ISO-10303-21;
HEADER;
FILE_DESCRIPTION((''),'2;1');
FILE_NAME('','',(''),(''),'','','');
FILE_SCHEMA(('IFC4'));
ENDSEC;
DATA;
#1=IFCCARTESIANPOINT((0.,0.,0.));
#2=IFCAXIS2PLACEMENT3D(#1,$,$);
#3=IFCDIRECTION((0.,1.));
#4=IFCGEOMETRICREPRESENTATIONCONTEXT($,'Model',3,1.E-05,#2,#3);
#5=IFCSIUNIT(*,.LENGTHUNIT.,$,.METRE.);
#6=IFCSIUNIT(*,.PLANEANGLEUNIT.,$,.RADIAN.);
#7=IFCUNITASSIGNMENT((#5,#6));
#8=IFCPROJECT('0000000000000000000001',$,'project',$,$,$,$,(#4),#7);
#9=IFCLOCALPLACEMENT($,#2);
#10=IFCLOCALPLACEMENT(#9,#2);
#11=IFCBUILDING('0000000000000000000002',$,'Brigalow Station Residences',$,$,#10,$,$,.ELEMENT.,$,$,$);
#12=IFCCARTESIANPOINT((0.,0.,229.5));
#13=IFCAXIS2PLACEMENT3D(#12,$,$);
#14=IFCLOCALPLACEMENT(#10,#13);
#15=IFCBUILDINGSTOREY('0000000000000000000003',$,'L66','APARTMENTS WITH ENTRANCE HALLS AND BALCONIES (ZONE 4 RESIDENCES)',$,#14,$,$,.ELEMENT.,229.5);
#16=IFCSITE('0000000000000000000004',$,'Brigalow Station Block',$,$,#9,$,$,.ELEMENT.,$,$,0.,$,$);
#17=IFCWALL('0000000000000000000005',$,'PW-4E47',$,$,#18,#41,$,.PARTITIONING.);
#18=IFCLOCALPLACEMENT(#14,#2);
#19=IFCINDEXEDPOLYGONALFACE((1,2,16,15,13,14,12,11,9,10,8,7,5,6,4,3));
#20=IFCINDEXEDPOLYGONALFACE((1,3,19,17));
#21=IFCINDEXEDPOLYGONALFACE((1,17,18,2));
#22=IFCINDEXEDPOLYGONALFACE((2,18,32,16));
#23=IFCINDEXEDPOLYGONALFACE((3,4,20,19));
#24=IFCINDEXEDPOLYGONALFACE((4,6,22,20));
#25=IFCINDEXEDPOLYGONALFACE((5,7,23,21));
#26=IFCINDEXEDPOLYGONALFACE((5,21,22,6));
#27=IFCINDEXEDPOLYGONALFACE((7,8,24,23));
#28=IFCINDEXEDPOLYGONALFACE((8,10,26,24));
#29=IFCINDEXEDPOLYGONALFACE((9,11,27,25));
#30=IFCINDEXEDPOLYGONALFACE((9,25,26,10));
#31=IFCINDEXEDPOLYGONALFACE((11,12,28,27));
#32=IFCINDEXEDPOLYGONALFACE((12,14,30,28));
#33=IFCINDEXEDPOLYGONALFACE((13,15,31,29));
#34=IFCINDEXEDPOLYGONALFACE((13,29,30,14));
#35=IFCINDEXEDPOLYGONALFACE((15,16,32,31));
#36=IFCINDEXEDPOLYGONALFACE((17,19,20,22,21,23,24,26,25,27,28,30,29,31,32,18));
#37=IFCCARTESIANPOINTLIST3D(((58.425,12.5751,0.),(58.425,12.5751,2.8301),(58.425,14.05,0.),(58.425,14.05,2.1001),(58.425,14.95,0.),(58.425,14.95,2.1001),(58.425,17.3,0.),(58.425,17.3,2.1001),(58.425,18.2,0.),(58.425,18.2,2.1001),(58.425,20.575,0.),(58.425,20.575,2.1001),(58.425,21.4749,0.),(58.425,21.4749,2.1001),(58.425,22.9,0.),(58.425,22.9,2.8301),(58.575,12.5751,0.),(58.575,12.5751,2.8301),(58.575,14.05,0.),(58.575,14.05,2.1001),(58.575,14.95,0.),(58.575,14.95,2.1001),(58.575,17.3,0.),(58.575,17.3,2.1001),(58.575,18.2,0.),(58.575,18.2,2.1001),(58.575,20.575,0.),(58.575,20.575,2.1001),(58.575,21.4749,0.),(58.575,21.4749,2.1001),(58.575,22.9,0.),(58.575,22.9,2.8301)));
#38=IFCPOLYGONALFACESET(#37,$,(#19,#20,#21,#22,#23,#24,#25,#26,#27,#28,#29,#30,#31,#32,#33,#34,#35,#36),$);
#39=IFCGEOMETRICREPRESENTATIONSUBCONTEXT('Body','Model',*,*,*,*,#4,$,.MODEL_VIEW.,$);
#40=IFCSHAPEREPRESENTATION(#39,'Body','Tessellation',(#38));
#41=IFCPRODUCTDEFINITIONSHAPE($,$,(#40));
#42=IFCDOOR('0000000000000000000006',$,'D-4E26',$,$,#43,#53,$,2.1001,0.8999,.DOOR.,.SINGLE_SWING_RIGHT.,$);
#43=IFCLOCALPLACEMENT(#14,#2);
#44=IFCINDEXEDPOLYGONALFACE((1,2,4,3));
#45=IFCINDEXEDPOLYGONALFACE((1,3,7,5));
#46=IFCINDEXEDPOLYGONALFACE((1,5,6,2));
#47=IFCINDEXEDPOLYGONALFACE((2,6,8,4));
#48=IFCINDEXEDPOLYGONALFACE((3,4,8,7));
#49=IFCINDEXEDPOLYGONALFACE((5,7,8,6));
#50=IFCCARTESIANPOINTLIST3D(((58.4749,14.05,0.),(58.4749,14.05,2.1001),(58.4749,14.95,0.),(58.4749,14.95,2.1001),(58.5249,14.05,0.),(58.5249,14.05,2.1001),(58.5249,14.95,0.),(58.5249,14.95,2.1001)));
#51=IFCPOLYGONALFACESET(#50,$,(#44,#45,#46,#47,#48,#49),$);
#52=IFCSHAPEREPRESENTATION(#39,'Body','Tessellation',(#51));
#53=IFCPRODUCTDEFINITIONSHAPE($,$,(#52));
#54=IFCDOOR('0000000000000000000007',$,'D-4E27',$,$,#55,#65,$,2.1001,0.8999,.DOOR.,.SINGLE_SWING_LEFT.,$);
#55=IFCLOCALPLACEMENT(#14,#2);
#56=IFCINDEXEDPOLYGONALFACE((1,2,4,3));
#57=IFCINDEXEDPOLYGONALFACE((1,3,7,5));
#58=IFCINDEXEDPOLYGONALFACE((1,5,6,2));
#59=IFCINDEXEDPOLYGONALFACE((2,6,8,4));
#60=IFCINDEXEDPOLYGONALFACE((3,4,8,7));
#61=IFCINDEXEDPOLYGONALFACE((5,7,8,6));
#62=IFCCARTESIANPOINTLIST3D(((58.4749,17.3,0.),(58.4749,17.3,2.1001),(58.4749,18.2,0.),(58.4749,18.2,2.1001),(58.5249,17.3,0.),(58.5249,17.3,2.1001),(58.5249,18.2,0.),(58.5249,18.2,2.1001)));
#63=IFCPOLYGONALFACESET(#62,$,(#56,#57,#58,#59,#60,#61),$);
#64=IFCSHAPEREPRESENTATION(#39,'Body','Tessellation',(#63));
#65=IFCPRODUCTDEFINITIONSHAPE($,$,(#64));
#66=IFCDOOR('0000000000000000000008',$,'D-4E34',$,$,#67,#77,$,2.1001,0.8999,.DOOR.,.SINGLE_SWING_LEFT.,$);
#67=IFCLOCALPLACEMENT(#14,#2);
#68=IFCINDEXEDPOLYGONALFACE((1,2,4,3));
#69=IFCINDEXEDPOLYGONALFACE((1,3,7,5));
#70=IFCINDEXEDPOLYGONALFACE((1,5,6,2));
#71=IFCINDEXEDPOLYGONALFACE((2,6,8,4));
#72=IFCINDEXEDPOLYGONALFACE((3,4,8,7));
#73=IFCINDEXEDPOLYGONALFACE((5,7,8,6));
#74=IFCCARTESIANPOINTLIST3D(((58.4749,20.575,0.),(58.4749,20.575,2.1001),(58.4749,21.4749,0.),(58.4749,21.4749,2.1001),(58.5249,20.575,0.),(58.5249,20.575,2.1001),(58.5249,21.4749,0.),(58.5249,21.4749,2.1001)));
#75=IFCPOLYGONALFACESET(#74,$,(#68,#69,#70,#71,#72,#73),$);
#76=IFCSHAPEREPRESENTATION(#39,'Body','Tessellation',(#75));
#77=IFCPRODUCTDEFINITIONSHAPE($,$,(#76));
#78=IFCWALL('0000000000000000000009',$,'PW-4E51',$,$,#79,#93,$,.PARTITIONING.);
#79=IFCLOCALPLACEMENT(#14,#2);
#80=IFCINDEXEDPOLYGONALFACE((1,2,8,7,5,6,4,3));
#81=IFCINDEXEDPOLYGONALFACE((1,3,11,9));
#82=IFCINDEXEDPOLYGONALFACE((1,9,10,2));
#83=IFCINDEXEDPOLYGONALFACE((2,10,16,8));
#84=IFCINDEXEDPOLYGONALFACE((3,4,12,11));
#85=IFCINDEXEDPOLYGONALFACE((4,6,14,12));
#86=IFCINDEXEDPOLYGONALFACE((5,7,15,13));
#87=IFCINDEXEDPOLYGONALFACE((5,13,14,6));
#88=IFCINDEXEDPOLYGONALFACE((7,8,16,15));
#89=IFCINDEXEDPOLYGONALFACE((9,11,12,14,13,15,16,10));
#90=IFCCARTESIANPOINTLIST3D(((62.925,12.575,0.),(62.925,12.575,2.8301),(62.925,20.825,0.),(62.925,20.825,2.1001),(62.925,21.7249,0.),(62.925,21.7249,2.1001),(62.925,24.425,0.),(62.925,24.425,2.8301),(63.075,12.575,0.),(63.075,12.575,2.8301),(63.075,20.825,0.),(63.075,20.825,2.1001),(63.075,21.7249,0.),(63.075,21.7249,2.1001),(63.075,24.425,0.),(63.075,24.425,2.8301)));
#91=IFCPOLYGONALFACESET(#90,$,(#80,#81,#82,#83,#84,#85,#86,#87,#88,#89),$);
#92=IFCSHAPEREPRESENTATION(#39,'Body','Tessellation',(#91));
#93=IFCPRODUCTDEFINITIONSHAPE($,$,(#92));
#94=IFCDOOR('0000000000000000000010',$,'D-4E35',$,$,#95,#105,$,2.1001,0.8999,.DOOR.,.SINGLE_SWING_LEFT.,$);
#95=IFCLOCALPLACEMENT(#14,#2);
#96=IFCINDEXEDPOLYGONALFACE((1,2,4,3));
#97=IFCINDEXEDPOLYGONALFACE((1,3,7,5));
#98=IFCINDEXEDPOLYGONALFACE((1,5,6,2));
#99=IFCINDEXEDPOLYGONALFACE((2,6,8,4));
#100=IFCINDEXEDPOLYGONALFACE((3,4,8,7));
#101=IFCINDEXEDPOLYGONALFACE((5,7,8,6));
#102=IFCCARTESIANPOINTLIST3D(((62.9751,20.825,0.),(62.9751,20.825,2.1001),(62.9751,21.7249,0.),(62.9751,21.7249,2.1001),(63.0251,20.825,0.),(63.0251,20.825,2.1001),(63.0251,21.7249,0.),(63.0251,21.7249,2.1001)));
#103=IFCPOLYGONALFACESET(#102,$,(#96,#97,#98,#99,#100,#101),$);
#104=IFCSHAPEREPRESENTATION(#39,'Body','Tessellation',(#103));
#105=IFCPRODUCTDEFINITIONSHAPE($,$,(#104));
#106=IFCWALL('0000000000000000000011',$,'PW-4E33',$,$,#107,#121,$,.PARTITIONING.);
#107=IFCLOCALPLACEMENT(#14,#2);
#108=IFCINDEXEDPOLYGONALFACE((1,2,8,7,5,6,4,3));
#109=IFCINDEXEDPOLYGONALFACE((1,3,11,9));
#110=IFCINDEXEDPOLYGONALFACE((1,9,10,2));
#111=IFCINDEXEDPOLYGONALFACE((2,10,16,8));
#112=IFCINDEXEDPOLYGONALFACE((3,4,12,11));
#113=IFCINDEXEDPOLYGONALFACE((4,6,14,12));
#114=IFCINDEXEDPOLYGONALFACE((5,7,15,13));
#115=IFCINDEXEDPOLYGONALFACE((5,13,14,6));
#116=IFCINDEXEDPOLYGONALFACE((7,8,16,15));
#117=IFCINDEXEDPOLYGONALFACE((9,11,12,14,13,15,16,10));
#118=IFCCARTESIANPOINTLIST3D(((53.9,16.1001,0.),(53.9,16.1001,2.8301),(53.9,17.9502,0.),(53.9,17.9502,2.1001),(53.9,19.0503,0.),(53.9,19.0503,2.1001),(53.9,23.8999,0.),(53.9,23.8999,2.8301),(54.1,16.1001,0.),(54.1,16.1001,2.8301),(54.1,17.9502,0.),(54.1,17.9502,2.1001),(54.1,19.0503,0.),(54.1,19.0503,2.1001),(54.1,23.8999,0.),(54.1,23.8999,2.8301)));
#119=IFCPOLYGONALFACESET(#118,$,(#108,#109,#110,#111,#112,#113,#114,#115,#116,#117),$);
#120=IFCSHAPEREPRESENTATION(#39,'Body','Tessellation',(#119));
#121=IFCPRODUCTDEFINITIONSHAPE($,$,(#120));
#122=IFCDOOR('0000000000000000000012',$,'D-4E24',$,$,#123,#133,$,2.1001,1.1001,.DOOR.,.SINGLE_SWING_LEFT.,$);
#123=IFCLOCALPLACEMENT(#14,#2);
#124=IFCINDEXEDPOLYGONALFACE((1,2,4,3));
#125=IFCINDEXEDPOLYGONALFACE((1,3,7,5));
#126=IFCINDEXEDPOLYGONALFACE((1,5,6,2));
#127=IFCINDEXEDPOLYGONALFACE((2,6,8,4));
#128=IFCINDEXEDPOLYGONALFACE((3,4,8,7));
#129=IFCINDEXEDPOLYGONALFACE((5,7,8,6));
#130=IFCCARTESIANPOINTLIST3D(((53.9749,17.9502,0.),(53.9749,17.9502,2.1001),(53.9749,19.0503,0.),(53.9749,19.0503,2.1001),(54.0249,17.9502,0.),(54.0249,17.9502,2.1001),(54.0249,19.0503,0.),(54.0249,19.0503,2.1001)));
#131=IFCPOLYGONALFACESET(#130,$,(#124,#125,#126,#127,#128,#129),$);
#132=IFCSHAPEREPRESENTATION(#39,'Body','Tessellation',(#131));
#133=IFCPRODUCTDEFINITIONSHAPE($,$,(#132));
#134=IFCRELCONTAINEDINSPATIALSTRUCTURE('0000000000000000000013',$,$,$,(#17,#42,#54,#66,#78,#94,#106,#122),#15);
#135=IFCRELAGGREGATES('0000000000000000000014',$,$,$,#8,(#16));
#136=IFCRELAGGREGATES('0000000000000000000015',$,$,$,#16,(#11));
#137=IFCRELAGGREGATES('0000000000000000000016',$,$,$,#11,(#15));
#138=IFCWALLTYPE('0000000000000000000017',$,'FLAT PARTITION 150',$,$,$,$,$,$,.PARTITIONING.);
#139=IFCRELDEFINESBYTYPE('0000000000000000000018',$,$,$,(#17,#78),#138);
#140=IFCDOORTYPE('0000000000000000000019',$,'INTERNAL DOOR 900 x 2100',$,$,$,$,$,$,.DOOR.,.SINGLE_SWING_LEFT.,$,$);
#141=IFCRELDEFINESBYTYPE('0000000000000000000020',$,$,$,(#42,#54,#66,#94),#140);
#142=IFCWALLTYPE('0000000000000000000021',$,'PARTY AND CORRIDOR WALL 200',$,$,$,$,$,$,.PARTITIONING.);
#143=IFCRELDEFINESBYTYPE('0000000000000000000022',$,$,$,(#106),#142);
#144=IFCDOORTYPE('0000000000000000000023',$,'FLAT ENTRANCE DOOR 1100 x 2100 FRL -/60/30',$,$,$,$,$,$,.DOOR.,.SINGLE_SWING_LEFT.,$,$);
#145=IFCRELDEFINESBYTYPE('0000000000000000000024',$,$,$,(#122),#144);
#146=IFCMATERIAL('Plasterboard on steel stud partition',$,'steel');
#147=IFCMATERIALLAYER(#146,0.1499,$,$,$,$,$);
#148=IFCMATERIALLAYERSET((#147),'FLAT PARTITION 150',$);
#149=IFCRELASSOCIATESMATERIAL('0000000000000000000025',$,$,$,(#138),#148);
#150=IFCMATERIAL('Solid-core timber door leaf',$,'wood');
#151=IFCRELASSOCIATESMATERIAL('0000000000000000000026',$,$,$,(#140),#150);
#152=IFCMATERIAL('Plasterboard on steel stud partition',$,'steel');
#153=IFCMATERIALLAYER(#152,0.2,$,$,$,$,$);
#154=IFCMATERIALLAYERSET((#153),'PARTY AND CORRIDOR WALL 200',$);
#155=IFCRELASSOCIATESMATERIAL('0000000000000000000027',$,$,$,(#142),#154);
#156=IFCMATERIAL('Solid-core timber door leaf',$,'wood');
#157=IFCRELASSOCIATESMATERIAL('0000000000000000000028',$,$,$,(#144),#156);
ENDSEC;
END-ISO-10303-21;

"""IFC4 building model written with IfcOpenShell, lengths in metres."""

from ifc_helpers import new_model, si_unit, direction, frame, frame_2d, origin, place, context, subcontext, project, spatial, rectangle, extrude, material, layer, layer_set, type_object, element, fill, save


model = new_model("IFC4")

# Units and contexts
model_context = context("Model", 3, precision=1e-05, world=origin(), true_north=direction((0.0, 1.0)))
body_context = subcontext(model_context, "Body", "Model", "MODEL_VIEW")
ifc_project = project(units=[si_unit("LENGTHUNIT", "METRE"), si_unit("PLANEANGLEUNIT", "RADIAN")], contexts=[model_context])

# Site, building, storey
site_placement = place(None, origin())
site = spatial("IfcSite", under=ifc_project, at=site_placement, Name="Brigalow Station Block", CompositionType="ELEMENT", RefElevation=0.0)
building_placement = place(site_placement, origin())
building = spatial("IfcBuilding", under=site, at=building_placement, Name="Brigalow Station Residences", CompositionType="ELEMENT")
storey_placement = place(building_placement, frame((0.0, 0.0, 229.5)))
storey = spatial("IfcBuildingStorey", under=building, at=storey_placement, Name="L66", Description="APARTMENTS WITH ENTRANCE HALLS AND BALCONIES (ZONE 4 RESIDENCES)", CompositionType="ELEMENT", Elevation=229.5)

# Shared definitions
ifc_material_1 = material(Name="Plasterboard on steel stud partition", Category="steel")
ifc_layer_1 = layer(ifc_material_1, 0.1499)
ifc_layer_set_1 = layer_set([ifc_layer_1], Name="FLAT PARTITION 150")
wall_type_1 = type_object("IfcWallType", Name="FLAT PARTITION 150", PredefinedType="PARTITIONING", material=ifc_layer_set_1)

# Wall, openings, doors
wall_1_placement = place(storey_placement, frame((58.5, 12.575, 0.0), z_axis=(0.0, 0.0, 1.0), x_axis=(0.0, 1.0, 0.0)))
wall_1 = element("IfcWall", 1, at=wall_1_placement, inside=storey, type_object=wall_type_1, Name="PW-4E47", PredefinedType="PARTITIONING", context=body_context, shape_type="SweptSolid", body=[
    extrude(rectangle(XDim=10.325, YDim=0.1499, at=frame_2d((5.1626, 0.0))), origin(), (0.0, 0.0, 1.0), 2.8301),
])
opening_1_placement = place(wall_1_placement, frame((1.4751, 0.0, 0.0)))
opening_1 = element("IfcOpeningElement", 2, at=opening_1_placement, cuts=wall_1, PredefinedType="OPENING", context=body_context, shape_type="SweptSolid", body=[
    extrude(rectangle(XDim=0.8999, YDim=2.1001, at=frame_2d((0.45, 1.05))), frame((0.0, 0.085, 0.0), z_axis=(0.0, -1.0, 0.0), x_axis=(1.0, 0.0, 0.0)), (0.0, 0.0, 1.0), 0.1699),
])
opening_2_placement = place(wall_1_placement, frame((4.7251, 0.0, 0.0)))
opening_2 = element("IfcOpeningElement", 3, at=opening_2_placement, cuts=wall_1, PredefinedType="OPENING", context=body_context, shape_type="SweptSolid", body=[
    extrude(rectangle(XDim=0.8999, YDim=2.1001, at=frame_2d((0.45, 1.05))), frame((0.0, 0.085, 0.0), z_axis=(0.0, -1.0, 0.0), x_axis=(1.0, 0.0, 0.0)), (0.0, 0.0, 1.0), 0.1699),
])
opening_3_placement = place(wall_1_placement, frame((8.0, 0.0, 0.0)))
opening_3 = element("IfcOpeningElement", 4, at=opening_3_placement, cuts=wall_1, PredefinedType="OPENING", context=body_context, shape_type="SweptSolid", body=[
    extrude(rectangle(XDim=0.8999, YDim=2.1001, at=frame_2d((0.45, 1.05))), frame((0.0, 0.085, 0.0), z_axis=(0.0, -1.0, 0.0), x_axis=(1.0, 0.0, 0.0)), (0.0, 0.0, 1.0), 0.1699),
])
ifc_material_2 = material(Name="Solid-core timber door leaf", Category="wood")
door_type_1 = type_object("IfcDoorType", Name="INTERNAL DOOR 900 x 2100", OperationType="SINGLE_SWING_LEFT", PredefinedType="DOOR", material=ifc_material_2)
door_1_placement = place(opening_1_placement, frame((0.8999, 0.0, 0.0), z_axis=(0.0, 0.0, 1.0), x_axis=(-1.0, 0.0, 0.0)))
door_1 = element("IfcDoor", 5, at=door_1_placement, inside=storey, type_object=door_type_1, Name="D-4E26", OperationType="SINGLE_SWING_RIGHT", OverallHeight=2.1001, OverallWidth=0.8999, PredefinedType="DOOR", context=body_context, shape_type="SweptSolid", body=[
    extrude(rectangle(XDim=0.8999, YDim=2.1001, at=frame_2d((0.45, 1.05))), frame((0.0, 0.0249, 0.0), z_axis=(0.0, -1.0, 0.0), x_axis=(1.0, 0.0, 0.0)), (0.0, 0.0, 1.0), 0.05),
])
fill(opening_1, door_1)
door_2_placement = place(opening_2_placement, frame((0.8999, 0.0, 0.0), z_axis=(0.0, 0.0, 1.0), x_axis=(-1.0, 0.0, 0.0)))
door_2 = element("IfcDoor", 6, at=door_2_placement, inside=storey, type_object=door_type_1, Name="D-4E27", OperationType="SINGLE_SWING_LEFT", OverallHeight=2.1001, OverallWidth=0.8999, PredefinedType="DOOR", context=body_context, shape_type="SweptSolid", body=[
    extrude(rectangle(XDim=0.8999, YDim=2.1001, at=frame_2d((0.45, 1.05))), frame((0.0, 0.0249, 0.0), z_axis=(0.0, -1.0, 0.0), x_axis=(1.0, 0.0, 0.0)), (0.0, 0.0, 1.0), 0.05),
])
fill(opening_2, door_2)
door_3_placement = place(opening_3_placement, frame((0.8999, 0.0, 0.0), z_axis=(0.0, 0.0, 1.0), x_axis=(-1.0, 0.0, 0.0)))
door_3 = element("IfcDoor", 7, at=door_3_placement, inside=storey, type_object=door_type_1, Name="D-4E34", OperationType="SINGLE_SWING_LEFT", OverallHeight=2.1001, OverallWidth=0.8999, PredefinedType="DOOR", context=body_context, shape_type="SweptSolid", body=[
    extrude(rectangle(XDim=0.8999, YDim=2.1001, at=frame_2d((0.45, 1.05))), frame((0.0, 0.0249, 0.0), z_axis=(0.0, -1.0, 0.0), x_axis=(1.0, 0.0, 0.0)), (0.0, 0.0, 1.0), 0.05),
])
fill(opening_3, door_3)

# Walls, openings, doors
wall_2_placement = place(storey_placement, frame((63.0, 12.575, 0.0), z_axis=(0.0, 0.0, 1.0), x_axis=(0.0, 1.0, 0.0)))
wall_2 = element("IfcWall", 8, at=wall_2_placement, inside=storey, type_object=wall_type_1, Name="PW-4E51", PredefinedType="PARTITIONING", context=body_context, shape_type="SweptSolid", body=[
    extrude(rectangle(XDim=11.8501, YDim=0.1499, at=frame_2d((5.925, 0.0))), origin(), (0.0, 0.0, 1.0), 2.8301),
])
opening_4_placement = place(wall_2_placement, frame((8.25, 0.0, 0.0)))
opening_4 = element("IfcOpeningElement", 9, at=opening_4_placement, cuts=wall_2, PredefinedType="OPENING", context=body_context, shape_type="SweptSolid", body=[
    extrude(rectangle(XDim=0.8999, YDim=2.1001, at=frame_2d((0.45, 1.05))), frame((0.0, 0.085, 0.0), z_axis=(0.0, -1.0, 0.0), x_axis=(1.0, 0.0, 0.0)), (0.0, 0.0, 1.0), 0.1699),
])
door_4_placement = place(opening_4_placement, origin())
door_4 = element("IfcDoor", 10, at=door_4_placement, inside=storey, type_object=door_type_1, Name="D-4E35", OperationType="SINGLE_SWING_LEFT", OverallHeight=2.1001, OverallWidth=0.8999, PredefinedType="DOOR", context=body_context, shape_type="SweptSolid", body=[
    extrude(rectangle(XDim=0.8999, YDim=2.1001, at=frame_2d((0.45, 1.05))), frame((0.0, 0.0249, 0.0), z_axis=(0.0, -1.0, 0.0), x_axis=(1.0, 0.0, 0.0)), (0.0, 0.0, 1.0), 0.05),
])
fill(opening_4, door_4)
ifc_material_3 = material(Name="Plasterboard on steel stud partition", Category="steel")
ifc_layer_2 = layer(ifc_material_3, 0.2)
ifc_layer_set_2 = layer_set([ifc_layer_2], Name="PARTY AND CORRIDOR WALL 200")
wall_type_2 = type_object("IfcWallType", Name="PARTY AND CORRIDOR WALL 200", PredefinedType="PARTITIONING", material=ifc_layer_set_2)
wall_3_placement = place(storey_placement, frame((54.0, 16.1001, 0.0), z_axis=(0.0, 0.0, 1.0), x_axis=(0.0, 1.0, 0.0)))
wall_3 = element("IfcWall", 11, at=wall_3_placement, inside=storey, type_object=wall_type_2, Name="PW-4E33", PredefinedType="PARTITIONING", context=body_context, shape_type="SweptSolid", body=[
    extrude(rectangle(XDim=7.7998, YDim=0.2, at=frame_2d((3.8999, 0.0))), origin(), (0.0, 0.0, 1.0), 2.8301),
])
opening_5_placement = place(wall_3_placement, frame((1.8501, 0.0, 0.0)))
opening_5 = element("IfcOpeningElement", 12, at=opening_5_placement, cuts=wall_3, PredefinedType="OPENING", context=body_context, shape_type="SweptSolid", body=[
    extrude(rectangle(XDim=1.1001, YDim=2.1001, at=frame_2d((0.55, 1.05))), frame((0.0, 0.1099, 0.0), z_axis=(0.0, -1.0, 0.0), x_axis=(1.0, 0.0, 0.0)), (0.0, 0.0, 1.0), 0.22),
])
ifc_material_4 = material(Name="Solid-core timber door leaf", Category="wood")
door_type_2 = type_object("IfcDoorType", Name="FLAT ENTRANCE DOOR 1100 x 2100 FRL -/60/30", OperationType="SINGLE_SWING_LEFT", PredefinedType="DOOR", material=ifc_material_4)
door_5_placement = place(opening_5_placement, frame((1.1001, 0.0, 0.0), z_axis=(0.0, 0.0, 1.0), x_axis=(-1.0, 0.0, 0.0)))
door_5 = element("IfcDoor", 13, at=door_5_placement, inside=storey, type_object=door_type_2, Name="D-4E24", OperationType="SINGLE_SWING_LEFT", OverallHeight=2.1001, OverallWidth=1.1001, PredefinedType="DOOR", context=body_context, shape_type="SweptSolid", body=[
    extrude(rectangle(XDim=1.1001, YDim=2.1001, at=frame_2d((0.55, 1.05))), frame((0.0, 0.0249, 0.0), z_axis=(0.0, -1.0, 0.0), x_axis=(1.0, 0.0, 0.0)), (0.0, 0.0, 1.0), 0.05),
])
fill(opening_5, door_5)

save(model, "model.ifc")
